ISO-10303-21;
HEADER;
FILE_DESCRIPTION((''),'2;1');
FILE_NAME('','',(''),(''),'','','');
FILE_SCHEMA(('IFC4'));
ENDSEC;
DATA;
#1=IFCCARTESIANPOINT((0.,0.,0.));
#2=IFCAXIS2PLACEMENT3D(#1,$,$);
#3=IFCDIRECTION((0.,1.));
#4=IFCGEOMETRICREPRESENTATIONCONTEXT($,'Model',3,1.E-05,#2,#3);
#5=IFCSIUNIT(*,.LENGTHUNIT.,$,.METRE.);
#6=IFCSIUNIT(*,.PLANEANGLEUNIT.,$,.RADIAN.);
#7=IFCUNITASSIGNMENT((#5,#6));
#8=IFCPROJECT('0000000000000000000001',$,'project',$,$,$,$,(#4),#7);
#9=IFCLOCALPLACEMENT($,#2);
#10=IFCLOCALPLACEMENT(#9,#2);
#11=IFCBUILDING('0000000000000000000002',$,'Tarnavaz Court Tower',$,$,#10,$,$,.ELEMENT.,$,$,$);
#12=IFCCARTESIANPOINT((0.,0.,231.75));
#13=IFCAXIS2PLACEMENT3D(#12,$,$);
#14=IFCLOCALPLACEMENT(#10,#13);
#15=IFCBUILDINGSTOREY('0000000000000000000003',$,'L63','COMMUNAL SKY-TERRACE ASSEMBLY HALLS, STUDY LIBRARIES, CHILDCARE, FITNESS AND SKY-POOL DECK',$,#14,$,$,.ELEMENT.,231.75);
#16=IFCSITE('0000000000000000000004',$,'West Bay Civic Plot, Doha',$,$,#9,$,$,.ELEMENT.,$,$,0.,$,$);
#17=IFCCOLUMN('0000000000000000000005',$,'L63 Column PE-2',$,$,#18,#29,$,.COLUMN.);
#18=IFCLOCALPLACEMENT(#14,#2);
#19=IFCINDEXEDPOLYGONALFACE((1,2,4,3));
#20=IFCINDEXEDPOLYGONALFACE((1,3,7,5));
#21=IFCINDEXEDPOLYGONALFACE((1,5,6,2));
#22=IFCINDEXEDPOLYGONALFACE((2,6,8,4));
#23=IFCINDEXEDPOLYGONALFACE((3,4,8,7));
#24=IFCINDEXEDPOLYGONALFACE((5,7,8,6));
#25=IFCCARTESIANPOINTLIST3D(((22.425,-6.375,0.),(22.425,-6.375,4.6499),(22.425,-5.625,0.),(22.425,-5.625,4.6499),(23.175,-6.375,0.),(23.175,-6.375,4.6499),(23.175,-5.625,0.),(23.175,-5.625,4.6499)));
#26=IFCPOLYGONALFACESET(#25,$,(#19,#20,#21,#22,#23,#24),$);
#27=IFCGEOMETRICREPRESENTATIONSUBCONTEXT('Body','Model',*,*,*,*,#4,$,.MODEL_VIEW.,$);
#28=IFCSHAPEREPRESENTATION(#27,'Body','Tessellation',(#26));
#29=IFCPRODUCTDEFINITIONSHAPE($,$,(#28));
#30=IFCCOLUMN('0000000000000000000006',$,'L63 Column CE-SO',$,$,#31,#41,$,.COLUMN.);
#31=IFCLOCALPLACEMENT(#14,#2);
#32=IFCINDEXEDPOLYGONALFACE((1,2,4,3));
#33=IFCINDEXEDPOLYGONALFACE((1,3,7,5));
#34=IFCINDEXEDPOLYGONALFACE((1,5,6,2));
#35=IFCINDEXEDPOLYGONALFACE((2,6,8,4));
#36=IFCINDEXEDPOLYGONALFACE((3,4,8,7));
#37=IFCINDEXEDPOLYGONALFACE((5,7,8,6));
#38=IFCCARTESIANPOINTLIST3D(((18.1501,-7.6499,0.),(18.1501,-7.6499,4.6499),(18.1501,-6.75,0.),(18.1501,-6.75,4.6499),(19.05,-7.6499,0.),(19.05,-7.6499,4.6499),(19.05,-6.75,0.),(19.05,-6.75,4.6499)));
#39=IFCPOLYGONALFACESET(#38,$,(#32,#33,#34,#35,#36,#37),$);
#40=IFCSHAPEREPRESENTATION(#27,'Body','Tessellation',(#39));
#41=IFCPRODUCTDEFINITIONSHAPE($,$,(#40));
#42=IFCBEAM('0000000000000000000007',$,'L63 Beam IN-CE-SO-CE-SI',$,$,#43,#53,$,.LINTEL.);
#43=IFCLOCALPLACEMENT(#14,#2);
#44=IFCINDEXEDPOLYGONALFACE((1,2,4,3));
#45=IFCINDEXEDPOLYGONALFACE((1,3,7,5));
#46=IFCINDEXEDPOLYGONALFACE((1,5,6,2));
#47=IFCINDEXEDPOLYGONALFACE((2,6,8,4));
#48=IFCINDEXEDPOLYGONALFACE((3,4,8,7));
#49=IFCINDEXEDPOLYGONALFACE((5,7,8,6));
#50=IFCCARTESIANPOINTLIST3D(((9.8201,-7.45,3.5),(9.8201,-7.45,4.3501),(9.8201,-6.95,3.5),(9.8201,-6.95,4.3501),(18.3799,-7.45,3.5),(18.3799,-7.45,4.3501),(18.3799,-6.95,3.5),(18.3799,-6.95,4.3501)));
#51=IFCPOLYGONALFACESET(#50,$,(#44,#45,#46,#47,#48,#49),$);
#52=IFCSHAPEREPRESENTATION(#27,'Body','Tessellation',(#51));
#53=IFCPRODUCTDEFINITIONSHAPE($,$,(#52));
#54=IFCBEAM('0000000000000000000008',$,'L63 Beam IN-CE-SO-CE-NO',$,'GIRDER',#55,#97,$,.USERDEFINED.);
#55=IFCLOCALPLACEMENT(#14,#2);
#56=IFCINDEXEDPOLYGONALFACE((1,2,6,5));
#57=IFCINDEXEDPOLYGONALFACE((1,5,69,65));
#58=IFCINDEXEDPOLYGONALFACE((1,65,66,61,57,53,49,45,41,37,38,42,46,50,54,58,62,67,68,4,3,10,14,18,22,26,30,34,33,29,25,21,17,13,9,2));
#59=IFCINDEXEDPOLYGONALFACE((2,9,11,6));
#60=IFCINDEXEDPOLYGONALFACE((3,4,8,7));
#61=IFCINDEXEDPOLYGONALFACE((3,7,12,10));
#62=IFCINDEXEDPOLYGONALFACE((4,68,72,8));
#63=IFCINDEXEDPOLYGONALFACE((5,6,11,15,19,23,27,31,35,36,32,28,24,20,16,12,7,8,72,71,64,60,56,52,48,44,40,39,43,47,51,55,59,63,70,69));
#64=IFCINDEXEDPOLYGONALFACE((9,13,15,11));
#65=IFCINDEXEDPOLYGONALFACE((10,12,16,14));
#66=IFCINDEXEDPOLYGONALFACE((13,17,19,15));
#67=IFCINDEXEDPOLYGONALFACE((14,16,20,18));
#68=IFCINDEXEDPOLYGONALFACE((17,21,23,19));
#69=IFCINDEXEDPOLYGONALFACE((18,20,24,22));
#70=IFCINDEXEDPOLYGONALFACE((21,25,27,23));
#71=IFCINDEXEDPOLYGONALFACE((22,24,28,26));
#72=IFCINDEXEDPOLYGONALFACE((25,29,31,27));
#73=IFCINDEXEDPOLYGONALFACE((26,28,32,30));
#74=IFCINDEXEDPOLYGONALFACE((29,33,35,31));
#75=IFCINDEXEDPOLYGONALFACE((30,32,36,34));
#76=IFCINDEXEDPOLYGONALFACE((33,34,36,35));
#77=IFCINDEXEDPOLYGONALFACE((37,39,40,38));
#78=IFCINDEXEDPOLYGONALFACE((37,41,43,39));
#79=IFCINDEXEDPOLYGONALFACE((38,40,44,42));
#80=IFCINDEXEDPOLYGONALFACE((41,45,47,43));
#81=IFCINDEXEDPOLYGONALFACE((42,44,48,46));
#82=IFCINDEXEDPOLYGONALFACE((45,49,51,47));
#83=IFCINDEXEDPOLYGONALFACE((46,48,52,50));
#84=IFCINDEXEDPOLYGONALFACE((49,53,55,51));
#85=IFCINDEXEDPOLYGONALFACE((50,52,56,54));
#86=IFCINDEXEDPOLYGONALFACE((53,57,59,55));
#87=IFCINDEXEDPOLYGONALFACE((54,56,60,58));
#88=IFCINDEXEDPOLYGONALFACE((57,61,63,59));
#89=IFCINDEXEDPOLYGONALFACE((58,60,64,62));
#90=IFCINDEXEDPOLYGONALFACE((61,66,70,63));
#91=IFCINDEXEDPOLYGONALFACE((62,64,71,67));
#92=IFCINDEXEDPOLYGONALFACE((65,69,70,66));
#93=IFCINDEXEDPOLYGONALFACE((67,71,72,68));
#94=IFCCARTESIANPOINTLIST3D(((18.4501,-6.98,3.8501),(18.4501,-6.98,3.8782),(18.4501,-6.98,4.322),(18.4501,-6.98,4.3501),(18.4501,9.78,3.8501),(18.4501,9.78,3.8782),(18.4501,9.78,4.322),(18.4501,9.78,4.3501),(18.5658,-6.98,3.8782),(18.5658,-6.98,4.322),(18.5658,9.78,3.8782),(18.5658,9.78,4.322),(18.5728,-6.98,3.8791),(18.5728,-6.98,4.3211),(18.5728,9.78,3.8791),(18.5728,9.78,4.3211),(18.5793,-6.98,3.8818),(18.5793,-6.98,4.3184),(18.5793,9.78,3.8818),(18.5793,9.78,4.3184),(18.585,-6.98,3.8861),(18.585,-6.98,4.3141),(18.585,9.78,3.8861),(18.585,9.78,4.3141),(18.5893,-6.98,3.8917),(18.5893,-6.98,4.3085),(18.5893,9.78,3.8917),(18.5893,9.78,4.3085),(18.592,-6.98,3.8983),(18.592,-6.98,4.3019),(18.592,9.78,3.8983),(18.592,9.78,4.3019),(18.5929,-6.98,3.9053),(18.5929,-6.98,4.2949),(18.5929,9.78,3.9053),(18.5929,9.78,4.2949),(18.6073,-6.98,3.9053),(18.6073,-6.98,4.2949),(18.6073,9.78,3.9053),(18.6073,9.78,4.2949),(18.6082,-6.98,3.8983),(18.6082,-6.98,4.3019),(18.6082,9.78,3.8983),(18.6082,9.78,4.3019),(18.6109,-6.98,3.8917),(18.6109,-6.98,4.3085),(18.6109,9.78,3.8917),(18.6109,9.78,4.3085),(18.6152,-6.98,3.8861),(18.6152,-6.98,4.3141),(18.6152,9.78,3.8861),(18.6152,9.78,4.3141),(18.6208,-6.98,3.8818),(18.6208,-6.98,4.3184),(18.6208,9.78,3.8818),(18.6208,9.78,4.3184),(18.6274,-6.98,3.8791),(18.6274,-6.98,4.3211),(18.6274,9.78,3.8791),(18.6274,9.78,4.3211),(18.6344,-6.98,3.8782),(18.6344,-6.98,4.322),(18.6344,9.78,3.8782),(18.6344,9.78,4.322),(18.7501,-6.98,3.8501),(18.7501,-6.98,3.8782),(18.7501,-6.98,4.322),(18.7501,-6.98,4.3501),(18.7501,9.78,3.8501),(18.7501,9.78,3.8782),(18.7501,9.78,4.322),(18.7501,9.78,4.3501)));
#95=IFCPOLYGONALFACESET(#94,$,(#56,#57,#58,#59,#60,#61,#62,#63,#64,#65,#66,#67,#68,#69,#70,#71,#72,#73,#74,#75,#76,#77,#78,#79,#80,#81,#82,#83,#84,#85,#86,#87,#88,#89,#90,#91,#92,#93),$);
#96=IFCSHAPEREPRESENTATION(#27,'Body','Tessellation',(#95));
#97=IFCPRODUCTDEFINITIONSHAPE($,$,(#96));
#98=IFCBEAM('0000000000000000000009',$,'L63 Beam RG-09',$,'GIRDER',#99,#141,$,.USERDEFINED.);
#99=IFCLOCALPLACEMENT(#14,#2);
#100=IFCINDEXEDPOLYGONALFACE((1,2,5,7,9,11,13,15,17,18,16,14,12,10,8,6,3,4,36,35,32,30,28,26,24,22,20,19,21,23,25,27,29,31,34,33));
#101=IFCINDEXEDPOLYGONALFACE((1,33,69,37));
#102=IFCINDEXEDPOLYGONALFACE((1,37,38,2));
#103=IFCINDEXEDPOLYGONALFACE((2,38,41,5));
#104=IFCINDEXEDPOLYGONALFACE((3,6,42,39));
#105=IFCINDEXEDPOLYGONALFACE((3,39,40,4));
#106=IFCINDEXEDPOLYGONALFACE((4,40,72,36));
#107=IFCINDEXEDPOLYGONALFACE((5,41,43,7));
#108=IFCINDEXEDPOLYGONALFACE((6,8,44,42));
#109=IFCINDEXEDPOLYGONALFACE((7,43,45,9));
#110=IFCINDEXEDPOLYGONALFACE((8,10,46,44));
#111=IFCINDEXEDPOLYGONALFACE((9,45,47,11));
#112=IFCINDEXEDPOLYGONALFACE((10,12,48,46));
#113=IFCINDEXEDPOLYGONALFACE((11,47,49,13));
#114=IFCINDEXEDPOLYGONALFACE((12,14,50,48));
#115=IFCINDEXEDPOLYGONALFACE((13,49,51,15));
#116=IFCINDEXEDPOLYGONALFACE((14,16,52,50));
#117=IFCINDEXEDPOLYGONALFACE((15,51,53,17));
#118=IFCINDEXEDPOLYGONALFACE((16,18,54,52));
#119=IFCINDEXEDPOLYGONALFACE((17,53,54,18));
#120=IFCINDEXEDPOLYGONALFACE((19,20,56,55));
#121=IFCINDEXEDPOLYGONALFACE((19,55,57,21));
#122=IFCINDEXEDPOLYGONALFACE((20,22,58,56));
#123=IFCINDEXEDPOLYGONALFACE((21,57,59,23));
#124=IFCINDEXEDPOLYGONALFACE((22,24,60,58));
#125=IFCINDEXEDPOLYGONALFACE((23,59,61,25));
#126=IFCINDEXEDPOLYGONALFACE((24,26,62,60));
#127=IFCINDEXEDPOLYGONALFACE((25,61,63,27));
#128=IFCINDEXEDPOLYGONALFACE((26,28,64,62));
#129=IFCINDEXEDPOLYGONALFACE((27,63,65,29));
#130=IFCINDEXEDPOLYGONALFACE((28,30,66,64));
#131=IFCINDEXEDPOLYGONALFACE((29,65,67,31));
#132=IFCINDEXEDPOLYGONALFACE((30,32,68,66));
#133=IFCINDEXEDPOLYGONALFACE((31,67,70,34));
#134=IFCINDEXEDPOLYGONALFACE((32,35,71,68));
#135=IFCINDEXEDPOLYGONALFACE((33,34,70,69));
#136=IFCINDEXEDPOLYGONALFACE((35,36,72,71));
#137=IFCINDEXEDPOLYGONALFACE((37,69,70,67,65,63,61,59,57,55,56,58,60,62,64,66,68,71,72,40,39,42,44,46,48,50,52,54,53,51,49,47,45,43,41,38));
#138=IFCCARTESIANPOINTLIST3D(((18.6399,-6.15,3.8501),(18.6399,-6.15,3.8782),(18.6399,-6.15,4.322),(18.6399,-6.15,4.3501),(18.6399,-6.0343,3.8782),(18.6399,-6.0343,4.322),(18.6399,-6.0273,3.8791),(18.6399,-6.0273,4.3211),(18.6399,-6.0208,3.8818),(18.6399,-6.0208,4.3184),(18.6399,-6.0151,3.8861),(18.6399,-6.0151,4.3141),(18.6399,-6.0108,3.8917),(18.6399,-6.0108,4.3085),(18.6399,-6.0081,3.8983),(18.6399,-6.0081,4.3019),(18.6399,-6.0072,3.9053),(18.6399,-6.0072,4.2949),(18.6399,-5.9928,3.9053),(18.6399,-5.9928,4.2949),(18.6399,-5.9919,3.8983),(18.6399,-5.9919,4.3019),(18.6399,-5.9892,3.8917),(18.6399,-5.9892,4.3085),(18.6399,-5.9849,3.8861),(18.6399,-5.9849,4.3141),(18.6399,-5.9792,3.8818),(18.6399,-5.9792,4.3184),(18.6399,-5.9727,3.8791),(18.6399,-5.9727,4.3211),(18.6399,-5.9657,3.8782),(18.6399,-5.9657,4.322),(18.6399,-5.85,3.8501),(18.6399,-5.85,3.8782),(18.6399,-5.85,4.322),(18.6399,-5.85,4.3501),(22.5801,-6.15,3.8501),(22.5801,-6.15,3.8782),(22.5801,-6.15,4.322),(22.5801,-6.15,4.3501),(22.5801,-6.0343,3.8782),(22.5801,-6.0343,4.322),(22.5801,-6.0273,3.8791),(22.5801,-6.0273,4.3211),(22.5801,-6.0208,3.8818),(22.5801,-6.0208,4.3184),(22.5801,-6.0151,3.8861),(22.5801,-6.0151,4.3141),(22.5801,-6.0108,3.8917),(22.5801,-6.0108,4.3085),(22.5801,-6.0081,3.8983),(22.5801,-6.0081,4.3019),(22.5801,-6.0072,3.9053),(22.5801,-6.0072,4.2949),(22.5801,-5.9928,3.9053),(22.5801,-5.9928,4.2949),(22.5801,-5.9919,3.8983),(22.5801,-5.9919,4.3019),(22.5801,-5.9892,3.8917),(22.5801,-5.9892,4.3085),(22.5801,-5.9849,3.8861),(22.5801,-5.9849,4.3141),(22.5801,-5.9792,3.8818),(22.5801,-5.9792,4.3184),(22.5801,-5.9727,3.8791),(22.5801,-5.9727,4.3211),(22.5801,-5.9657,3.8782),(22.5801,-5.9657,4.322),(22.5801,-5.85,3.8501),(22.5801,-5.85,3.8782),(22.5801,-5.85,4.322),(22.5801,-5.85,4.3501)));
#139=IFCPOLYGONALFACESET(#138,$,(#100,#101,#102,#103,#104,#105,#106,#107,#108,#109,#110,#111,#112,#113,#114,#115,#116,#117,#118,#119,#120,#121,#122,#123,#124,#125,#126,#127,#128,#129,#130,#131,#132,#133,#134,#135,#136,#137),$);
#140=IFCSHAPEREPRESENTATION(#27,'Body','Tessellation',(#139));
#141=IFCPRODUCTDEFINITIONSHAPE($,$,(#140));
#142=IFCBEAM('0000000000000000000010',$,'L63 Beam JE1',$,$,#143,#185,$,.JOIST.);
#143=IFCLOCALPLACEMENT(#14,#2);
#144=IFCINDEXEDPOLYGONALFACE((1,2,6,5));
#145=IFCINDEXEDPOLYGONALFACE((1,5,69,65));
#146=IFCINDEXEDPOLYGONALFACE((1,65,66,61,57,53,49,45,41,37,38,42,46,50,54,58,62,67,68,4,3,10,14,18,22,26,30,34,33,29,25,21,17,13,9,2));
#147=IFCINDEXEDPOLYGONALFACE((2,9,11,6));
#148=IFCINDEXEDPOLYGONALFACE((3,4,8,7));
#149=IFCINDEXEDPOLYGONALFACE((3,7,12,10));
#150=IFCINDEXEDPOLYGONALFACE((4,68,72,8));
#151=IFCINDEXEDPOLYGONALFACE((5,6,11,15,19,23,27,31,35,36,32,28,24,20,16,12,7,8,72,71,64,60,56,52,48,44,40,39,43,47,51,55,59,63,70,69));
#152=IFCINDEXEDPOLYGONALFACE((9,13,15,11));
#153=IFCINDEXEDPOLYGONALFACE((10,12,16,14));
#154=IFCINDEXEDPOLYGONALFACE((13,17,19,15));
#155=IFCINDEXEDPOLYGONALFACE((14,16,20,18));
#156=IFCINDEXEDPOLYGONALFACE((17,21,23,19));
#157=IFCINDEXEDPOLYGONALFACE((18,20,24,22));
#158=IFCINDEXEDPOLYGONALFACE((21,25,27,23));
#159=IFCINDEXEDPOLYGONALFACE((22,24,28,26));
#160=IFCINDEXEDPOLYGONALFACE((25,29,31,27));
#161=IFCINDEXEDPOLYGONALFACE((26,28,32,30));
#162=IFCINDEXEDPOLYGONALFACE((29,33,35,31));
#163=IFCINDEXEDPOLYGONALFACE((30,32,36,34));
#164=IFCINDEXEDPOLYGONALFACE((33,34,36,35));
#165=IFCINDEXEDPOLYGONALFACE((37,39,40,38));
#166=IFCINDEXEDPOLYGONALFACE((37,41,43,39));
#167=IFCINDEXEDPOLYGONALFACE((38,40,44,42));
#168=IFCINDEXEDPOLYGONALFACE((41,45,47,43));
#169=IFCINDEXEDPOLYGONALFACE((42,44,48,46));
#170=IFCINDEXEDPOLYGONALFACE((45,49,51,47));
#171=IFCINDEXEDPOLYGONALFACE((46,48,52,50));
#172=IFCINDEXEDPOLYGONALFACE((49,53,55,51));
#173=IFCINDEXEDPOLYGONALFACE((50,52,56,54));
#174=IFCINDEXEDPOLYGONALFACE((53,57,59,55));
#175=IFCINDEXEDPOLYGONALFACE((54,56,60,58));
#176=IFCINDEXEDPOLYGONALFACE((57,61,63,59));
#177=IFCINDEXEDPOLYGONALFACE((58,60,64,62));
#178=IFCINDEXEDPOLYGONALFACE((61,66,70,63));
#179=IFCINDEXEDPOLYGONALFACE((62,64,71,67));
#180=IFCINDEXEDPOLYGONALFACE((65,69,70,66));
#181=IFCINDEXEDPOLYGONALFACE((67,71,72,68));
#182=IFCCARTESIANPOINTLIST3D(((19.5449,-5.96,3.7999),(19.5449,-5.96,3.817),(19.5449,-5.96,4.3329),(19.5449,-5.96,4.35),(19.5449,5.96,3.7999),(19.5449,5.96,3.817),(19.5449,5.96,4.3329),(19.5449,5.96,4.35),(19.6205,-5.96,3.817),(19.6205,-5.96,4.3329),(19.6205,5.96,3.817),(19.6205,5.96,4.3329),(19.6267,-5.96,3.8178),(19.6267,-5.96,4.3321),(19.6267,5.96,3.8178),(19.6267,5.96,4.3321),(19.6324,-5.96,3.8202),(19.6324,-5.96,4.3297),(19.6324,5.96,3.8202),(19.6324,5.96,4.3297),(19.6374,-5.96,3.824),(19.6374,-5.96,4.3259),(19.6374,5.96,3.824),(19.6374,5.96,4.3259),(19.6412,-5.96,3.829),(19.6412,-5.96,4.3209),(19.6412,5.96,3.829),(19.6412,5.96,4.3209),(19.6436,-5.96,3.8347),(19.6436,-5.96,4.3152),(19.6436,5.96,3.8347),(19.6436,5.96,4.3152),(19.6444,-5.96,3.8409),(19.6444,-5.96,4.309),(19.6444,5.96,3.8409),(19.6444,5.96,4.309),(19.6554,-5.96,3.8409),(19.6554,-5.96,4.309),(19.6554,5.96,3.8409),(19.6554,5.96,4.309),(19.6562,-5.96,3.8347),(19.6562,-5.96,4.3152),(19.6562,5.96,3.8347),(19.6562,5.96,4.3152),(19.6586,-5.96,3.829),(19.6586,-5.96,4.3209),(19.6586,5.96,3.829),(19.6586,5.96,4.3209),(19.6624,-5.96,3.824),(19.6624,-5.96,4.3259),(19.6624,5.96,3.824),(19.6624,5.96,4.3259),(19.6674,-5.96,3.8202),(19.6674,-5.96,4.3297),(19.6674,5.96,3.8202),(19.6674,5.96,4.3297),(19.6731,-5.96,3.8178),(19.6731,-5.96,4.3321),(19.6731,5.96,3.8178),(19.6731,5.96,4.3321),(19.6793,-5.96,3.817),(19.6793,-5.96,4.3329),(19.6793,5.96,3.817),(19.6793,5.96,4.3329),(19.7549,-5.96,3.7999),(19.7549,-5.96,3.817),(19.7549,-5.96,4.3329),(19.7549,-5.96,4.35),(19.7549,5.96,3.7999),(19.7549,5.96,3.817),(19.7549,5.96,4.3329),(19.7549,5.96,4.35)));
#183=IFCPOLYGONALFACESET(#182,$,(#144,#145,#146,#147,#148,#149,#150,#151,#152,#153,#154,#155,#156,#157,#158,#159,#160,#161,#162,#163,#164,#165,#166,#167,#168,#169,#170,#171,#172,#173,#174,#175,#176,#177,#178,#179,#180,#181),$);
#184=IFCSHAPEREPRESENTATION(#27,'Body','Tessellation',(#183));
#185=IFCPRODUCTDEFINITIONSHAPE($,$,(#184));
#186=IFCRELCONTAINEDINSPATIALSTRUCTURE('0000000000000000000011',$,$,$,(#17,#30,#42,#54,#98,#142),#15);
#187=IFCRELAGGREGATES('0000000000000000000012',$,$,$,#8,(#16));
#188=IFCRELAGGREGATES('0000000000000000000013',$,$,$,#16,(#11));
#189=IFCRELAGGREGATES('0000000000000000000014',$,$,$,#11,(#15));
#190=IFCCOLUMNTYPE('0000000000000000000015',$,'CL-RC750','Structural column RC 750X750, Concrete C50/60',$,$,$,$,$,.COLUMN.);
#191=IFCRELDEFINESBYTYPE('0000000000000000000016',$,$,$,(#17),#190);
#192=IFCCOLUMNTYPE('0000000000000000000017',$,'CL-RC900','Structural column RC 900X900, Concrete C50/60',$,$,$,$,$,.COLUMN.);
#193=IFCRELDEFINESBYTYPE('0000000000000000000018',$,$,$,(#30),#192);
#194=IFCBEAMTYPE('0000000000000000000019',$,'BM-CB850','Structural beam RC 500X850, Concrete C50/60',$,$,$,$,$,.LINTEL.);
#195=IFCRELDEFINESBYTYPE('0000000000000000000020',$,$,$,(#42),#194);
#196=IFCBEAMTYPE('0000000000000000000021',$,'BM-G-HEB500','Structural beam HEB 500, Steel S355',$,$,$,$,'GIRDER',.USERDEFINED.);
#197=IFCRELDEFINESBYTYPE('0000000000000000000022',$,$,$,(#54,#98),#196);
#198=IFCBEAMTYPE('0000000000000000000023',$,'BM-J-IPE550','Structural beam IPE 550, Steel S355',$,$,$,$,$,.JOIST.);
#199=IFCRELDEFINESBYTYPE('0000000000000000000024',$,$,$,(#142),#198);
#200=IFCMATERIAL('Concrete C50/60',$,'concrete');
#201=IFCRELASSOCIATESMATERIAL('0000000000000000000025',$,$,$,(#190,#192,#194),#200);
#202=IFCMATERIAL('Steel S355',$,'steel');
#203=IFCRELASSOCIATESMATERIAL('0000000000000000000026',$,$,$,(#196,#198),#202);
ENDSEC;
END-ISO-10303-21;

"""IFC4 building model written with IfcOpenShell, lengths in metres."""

from ifc_helpers import new_model, si_unit, direction, frame, origin, origin_2d, place, context, subcontext, project, spatial, rectangle, i_section, extrude, material, material_profile, profile_set, type_object, element, save


model = new_model("IFC4")

# Units and contexts
model_context = context("Model", 3, precision=1e-05, world=origin(), true_north=direction((0.0, 1.0)))
body_context = subcontext(model_context, "Body", "Model", "MODEL_VIEW")
ifc_project = project(units=[si_unit("LENGTHUNIT", "METRE"), si_unit("PLANEANGLEUNIT", "RADIAN")], contexts=[model_context])

# Site, building, storey
site_placement = place(None, origin())
site = spatial("IfcSite", under=ifc_project, at=site_placement, Name="West Bay Civic Plot, Doha", CompositionType="ELEMENT", RefElevation=0.0)
building_placement = place(site_placement, origin())
building = spatial("IfcBuilding", under=site, at=building_placement, Name="Tarnavaz Court Tower", CompositionType="ELEMENT")
storey_placement = place(building_placement, frame((0.0, 0.0, 231.75)))
storey = spatial("IfcBuildingStorey", under=building, at=storey_placement, Name="L63", Description="COMMUNAL SKY-TERRACE ASSEMBLY HALLS, STUDY LIBRARIES, CHILDCARE, FITNESS AND SKY-POOL DECK", CompositionType="ELEMENT", Elevation=231.75)

# Columns
ifc_material_1 = material(Name="Concrete C50/60", Category="concrete")
ifc_material_profile_1 = material_profile(ifc_material_1, rectangle(XDim=0.75, YDim=0.75, at=origin_2d()), Name="RC 750X750")
ifc_profile_set_1 = profile_set([ifc_material_profile_1], Name="Concrete C50/60")
column_type_1 = type_object("IfcColumnType", Name="CL-RC750", Description="Structural column RC 750X750, Concrete C50/60", PredefinedType="COLUMN", material=ifc_profile_set_1)
column_1_placement = place(storey_placement, frame((22.8, -6.0, 0.0), z_axis=(0.0, 0.0, 1.0), x_axis=(1.0, 0.0, 0.0)))
element("IfcColumn", 1, at=column_1_placement, inside=storey, type_object=column_type_1, Name="L63 Column PE-2", PredefinedType="COLUMN", context=body_context, shape_type="SweptSolid", body=[
    extrude(rectangle(XDim=0.75, YDim=0.75, at=origin_2d()), origin(), (0.0, 0.0, 1.0), 4.6499),
])
ifc_material_profile_2 = material_profile(ifc_material_1, rectangle(XDim=0.8999, YDim=0.8999, at=origin_2d()), Name="RC 900X900")
ifc_profile_set_2 = profile_set([ifc_material_profile_2], Name="Concrete C50/60")
column_type_2 = type_object("IfcColumnType", Name="CL-RC900", Description="Structural column RC 900X900, Concrete C50/60", PredefinedType="COLUMN", material=ifc_profile_set_2)
column_2_placement = place(storey_placement, frame((18.6001, -7.2, 0.0), z_axis=(0.0, 0.0, 1.0), x_axis=(1.0, 0.0, 0.0)))
element("IfcColumn", 2, at=column_2_placement, inside=storey, type_object=column_type_2, Name="L63 Column CE-SO", PredefinedType="COLUMN", context=body_context, shape_type="SweptSolid", body=[
    extrude(rectangle(XDim=0.8999, YDim=0.8999, at=origin_2d()), origin(), (0.0, 0.0, 1.0), 4.6499),
])

# Beams
ifc_material_profile_3 = material_profile(ifc_material_1, rectangle(XDim=0.5, YDim=0.8501, at=origin_2d()), Name="RC 500X850")
ifc_profile_set_3 = profile_set([ifc_material_profile_3], Name="Concrete C50/60")
beam_type_1 = type_object("IfcBeamType", Name="BM-CB850", Description="Structural beam RC 500X850, Concrete C50/60", PredefinedType="LINTEL", material=ifc_profile_set_3)
beam_1_placement = place(storey_placement, frame((18.3799, -7.2, 3.925), z_axis=(-1.0, 0.0, 0.0), x_axis=(0.0, -1.0, 0.0)))
element("IfcBeam", 3, at=beam_1_placement, inside=storey, type_object=beam_type_1, Name="L63 Beam IN-CE-SO-CE-SI", PredefinedType="LINTEL", context=body_context, shape_type="SweptSolid", body=[
    extrude(rectangle(XDim=0.5, YDim=0.8501, at=origin_2d()), origin(), (0.0, 0.0, 1.0), 8.5598),
])
ifc_material_2 = material(Name="Steel S355", Category="steel")
ifc_material_profile_4 = material_profile(ifc_material_2, i_section(OverallWidth=0.3, OverallDepth=0.5, WebThickness=0.0144, FlangeThickness=0.0281, FilletRadius=0.0271, at=origin_2d()), Name="HEB 500")
ifc_profile_set_4 = profile_set([ifc_material_profile_4], Name="Steel S355")
beam_type_2 = type_object("IfcBeamType", Name="BM-G-HEB500", Description="Structural beam HEB 500, Steel S355", ElementType="GIRDER", PredefinedType="USERDEFINED", material=ifc_profile_set_4)
beam_2_placement = place(storey_placement, frame((18.6001, -6.98, 4.1001), z_axis=(0.0, 1.0, 0.0), x_axis=(-1.0, 0.0, 0.0)))
element("IfcBeam", 4, at=beam_2_placement, inside=storey, type_object=beam_type_2, Name="L63 Beam IN-CE-SO-CE-NO", ObjectType="GIRDER", PredefinedType="USERDEFINED", context=body_context, shape_type="SweptSolid", body=[
    extrude(i_section(OverallWidth=0.3, OverallDepth=0.5, WebThickness=0.0144, FlangeThickness=0.0281, FilletRadius=0.0271, at=origin_2d()), origin(), (0.0, 0.0, 1.0), 16.76),
])
beam_3_placement = place(storey_placement, frame((18.6399, -6.0, 4.1001), z_axis=(1.0, 0.0, 0.0), x_axis=(0.0, 1.0, 0.0)))
element("IfcBeam", 5, at=beam_3_placement, inside=storey, type_object=beam_type_2, Name="L63 Beam RG-09", ObjectType="GIRDER", PredefinedType="USERDEFINED", context=body_context, shape_type="SweptSolid", body=[
    extrude(i_section(OverallWidth=0.3, OverallDepth=0.5, WebThickness=0.0144, FlangeThickness=0.0281, FilletRadius=0.0271, at=origin_2d()), origin(), (0.0, 0.0, 1.0), 3.9402),
])
ifc_material_profile_5 = material_profile(ifc_material_2, i_section(OverallWidth=0.21, OverallDepth=0.55, WebThickness=0.011, FlangeThickness=0.0171, FilletRadius=0.0239, at=origin_2d()), Name="IPE 550")
ifc_profile_set_5 = profile_set([ifc_material_profile_5], Name="Steel S355")
beam_type_3 = type_object("IfcBeamType", Name="BM-J-IPE550", Description="Structural beam IPE 550, Steel S355", PredefinedType="JOIST", material=ifc_profile_set_5)
for number, where, z_axis, x_axis, name in (
    (6, (19.6499, -5.96, 4.075), (0.0, 1.0, 0.0), (-1.0, 0.0, 0.0), "L63 Beam JE1"),
):
    element("IfcBeam", number, at=place(storey_placement, frame(where, z_axis=z_axis, x_axis=x_axis)), inside=storey, type_object=beam_type_3, Name=name, PredefinedType="JOIST", context=body_context, shape_type="SweptSolid", body=[
        extrude(i_section(OverallWidth=0.21, OverallDepth=0.55, WebThickness=0.011, FlangeThickness=0.0171, FilletRadius=0.0239, at=origin_2d()), origin(), (0.0, 0.0, 1.0), 11.9199),
    ])

save(model, "model.ifc")
